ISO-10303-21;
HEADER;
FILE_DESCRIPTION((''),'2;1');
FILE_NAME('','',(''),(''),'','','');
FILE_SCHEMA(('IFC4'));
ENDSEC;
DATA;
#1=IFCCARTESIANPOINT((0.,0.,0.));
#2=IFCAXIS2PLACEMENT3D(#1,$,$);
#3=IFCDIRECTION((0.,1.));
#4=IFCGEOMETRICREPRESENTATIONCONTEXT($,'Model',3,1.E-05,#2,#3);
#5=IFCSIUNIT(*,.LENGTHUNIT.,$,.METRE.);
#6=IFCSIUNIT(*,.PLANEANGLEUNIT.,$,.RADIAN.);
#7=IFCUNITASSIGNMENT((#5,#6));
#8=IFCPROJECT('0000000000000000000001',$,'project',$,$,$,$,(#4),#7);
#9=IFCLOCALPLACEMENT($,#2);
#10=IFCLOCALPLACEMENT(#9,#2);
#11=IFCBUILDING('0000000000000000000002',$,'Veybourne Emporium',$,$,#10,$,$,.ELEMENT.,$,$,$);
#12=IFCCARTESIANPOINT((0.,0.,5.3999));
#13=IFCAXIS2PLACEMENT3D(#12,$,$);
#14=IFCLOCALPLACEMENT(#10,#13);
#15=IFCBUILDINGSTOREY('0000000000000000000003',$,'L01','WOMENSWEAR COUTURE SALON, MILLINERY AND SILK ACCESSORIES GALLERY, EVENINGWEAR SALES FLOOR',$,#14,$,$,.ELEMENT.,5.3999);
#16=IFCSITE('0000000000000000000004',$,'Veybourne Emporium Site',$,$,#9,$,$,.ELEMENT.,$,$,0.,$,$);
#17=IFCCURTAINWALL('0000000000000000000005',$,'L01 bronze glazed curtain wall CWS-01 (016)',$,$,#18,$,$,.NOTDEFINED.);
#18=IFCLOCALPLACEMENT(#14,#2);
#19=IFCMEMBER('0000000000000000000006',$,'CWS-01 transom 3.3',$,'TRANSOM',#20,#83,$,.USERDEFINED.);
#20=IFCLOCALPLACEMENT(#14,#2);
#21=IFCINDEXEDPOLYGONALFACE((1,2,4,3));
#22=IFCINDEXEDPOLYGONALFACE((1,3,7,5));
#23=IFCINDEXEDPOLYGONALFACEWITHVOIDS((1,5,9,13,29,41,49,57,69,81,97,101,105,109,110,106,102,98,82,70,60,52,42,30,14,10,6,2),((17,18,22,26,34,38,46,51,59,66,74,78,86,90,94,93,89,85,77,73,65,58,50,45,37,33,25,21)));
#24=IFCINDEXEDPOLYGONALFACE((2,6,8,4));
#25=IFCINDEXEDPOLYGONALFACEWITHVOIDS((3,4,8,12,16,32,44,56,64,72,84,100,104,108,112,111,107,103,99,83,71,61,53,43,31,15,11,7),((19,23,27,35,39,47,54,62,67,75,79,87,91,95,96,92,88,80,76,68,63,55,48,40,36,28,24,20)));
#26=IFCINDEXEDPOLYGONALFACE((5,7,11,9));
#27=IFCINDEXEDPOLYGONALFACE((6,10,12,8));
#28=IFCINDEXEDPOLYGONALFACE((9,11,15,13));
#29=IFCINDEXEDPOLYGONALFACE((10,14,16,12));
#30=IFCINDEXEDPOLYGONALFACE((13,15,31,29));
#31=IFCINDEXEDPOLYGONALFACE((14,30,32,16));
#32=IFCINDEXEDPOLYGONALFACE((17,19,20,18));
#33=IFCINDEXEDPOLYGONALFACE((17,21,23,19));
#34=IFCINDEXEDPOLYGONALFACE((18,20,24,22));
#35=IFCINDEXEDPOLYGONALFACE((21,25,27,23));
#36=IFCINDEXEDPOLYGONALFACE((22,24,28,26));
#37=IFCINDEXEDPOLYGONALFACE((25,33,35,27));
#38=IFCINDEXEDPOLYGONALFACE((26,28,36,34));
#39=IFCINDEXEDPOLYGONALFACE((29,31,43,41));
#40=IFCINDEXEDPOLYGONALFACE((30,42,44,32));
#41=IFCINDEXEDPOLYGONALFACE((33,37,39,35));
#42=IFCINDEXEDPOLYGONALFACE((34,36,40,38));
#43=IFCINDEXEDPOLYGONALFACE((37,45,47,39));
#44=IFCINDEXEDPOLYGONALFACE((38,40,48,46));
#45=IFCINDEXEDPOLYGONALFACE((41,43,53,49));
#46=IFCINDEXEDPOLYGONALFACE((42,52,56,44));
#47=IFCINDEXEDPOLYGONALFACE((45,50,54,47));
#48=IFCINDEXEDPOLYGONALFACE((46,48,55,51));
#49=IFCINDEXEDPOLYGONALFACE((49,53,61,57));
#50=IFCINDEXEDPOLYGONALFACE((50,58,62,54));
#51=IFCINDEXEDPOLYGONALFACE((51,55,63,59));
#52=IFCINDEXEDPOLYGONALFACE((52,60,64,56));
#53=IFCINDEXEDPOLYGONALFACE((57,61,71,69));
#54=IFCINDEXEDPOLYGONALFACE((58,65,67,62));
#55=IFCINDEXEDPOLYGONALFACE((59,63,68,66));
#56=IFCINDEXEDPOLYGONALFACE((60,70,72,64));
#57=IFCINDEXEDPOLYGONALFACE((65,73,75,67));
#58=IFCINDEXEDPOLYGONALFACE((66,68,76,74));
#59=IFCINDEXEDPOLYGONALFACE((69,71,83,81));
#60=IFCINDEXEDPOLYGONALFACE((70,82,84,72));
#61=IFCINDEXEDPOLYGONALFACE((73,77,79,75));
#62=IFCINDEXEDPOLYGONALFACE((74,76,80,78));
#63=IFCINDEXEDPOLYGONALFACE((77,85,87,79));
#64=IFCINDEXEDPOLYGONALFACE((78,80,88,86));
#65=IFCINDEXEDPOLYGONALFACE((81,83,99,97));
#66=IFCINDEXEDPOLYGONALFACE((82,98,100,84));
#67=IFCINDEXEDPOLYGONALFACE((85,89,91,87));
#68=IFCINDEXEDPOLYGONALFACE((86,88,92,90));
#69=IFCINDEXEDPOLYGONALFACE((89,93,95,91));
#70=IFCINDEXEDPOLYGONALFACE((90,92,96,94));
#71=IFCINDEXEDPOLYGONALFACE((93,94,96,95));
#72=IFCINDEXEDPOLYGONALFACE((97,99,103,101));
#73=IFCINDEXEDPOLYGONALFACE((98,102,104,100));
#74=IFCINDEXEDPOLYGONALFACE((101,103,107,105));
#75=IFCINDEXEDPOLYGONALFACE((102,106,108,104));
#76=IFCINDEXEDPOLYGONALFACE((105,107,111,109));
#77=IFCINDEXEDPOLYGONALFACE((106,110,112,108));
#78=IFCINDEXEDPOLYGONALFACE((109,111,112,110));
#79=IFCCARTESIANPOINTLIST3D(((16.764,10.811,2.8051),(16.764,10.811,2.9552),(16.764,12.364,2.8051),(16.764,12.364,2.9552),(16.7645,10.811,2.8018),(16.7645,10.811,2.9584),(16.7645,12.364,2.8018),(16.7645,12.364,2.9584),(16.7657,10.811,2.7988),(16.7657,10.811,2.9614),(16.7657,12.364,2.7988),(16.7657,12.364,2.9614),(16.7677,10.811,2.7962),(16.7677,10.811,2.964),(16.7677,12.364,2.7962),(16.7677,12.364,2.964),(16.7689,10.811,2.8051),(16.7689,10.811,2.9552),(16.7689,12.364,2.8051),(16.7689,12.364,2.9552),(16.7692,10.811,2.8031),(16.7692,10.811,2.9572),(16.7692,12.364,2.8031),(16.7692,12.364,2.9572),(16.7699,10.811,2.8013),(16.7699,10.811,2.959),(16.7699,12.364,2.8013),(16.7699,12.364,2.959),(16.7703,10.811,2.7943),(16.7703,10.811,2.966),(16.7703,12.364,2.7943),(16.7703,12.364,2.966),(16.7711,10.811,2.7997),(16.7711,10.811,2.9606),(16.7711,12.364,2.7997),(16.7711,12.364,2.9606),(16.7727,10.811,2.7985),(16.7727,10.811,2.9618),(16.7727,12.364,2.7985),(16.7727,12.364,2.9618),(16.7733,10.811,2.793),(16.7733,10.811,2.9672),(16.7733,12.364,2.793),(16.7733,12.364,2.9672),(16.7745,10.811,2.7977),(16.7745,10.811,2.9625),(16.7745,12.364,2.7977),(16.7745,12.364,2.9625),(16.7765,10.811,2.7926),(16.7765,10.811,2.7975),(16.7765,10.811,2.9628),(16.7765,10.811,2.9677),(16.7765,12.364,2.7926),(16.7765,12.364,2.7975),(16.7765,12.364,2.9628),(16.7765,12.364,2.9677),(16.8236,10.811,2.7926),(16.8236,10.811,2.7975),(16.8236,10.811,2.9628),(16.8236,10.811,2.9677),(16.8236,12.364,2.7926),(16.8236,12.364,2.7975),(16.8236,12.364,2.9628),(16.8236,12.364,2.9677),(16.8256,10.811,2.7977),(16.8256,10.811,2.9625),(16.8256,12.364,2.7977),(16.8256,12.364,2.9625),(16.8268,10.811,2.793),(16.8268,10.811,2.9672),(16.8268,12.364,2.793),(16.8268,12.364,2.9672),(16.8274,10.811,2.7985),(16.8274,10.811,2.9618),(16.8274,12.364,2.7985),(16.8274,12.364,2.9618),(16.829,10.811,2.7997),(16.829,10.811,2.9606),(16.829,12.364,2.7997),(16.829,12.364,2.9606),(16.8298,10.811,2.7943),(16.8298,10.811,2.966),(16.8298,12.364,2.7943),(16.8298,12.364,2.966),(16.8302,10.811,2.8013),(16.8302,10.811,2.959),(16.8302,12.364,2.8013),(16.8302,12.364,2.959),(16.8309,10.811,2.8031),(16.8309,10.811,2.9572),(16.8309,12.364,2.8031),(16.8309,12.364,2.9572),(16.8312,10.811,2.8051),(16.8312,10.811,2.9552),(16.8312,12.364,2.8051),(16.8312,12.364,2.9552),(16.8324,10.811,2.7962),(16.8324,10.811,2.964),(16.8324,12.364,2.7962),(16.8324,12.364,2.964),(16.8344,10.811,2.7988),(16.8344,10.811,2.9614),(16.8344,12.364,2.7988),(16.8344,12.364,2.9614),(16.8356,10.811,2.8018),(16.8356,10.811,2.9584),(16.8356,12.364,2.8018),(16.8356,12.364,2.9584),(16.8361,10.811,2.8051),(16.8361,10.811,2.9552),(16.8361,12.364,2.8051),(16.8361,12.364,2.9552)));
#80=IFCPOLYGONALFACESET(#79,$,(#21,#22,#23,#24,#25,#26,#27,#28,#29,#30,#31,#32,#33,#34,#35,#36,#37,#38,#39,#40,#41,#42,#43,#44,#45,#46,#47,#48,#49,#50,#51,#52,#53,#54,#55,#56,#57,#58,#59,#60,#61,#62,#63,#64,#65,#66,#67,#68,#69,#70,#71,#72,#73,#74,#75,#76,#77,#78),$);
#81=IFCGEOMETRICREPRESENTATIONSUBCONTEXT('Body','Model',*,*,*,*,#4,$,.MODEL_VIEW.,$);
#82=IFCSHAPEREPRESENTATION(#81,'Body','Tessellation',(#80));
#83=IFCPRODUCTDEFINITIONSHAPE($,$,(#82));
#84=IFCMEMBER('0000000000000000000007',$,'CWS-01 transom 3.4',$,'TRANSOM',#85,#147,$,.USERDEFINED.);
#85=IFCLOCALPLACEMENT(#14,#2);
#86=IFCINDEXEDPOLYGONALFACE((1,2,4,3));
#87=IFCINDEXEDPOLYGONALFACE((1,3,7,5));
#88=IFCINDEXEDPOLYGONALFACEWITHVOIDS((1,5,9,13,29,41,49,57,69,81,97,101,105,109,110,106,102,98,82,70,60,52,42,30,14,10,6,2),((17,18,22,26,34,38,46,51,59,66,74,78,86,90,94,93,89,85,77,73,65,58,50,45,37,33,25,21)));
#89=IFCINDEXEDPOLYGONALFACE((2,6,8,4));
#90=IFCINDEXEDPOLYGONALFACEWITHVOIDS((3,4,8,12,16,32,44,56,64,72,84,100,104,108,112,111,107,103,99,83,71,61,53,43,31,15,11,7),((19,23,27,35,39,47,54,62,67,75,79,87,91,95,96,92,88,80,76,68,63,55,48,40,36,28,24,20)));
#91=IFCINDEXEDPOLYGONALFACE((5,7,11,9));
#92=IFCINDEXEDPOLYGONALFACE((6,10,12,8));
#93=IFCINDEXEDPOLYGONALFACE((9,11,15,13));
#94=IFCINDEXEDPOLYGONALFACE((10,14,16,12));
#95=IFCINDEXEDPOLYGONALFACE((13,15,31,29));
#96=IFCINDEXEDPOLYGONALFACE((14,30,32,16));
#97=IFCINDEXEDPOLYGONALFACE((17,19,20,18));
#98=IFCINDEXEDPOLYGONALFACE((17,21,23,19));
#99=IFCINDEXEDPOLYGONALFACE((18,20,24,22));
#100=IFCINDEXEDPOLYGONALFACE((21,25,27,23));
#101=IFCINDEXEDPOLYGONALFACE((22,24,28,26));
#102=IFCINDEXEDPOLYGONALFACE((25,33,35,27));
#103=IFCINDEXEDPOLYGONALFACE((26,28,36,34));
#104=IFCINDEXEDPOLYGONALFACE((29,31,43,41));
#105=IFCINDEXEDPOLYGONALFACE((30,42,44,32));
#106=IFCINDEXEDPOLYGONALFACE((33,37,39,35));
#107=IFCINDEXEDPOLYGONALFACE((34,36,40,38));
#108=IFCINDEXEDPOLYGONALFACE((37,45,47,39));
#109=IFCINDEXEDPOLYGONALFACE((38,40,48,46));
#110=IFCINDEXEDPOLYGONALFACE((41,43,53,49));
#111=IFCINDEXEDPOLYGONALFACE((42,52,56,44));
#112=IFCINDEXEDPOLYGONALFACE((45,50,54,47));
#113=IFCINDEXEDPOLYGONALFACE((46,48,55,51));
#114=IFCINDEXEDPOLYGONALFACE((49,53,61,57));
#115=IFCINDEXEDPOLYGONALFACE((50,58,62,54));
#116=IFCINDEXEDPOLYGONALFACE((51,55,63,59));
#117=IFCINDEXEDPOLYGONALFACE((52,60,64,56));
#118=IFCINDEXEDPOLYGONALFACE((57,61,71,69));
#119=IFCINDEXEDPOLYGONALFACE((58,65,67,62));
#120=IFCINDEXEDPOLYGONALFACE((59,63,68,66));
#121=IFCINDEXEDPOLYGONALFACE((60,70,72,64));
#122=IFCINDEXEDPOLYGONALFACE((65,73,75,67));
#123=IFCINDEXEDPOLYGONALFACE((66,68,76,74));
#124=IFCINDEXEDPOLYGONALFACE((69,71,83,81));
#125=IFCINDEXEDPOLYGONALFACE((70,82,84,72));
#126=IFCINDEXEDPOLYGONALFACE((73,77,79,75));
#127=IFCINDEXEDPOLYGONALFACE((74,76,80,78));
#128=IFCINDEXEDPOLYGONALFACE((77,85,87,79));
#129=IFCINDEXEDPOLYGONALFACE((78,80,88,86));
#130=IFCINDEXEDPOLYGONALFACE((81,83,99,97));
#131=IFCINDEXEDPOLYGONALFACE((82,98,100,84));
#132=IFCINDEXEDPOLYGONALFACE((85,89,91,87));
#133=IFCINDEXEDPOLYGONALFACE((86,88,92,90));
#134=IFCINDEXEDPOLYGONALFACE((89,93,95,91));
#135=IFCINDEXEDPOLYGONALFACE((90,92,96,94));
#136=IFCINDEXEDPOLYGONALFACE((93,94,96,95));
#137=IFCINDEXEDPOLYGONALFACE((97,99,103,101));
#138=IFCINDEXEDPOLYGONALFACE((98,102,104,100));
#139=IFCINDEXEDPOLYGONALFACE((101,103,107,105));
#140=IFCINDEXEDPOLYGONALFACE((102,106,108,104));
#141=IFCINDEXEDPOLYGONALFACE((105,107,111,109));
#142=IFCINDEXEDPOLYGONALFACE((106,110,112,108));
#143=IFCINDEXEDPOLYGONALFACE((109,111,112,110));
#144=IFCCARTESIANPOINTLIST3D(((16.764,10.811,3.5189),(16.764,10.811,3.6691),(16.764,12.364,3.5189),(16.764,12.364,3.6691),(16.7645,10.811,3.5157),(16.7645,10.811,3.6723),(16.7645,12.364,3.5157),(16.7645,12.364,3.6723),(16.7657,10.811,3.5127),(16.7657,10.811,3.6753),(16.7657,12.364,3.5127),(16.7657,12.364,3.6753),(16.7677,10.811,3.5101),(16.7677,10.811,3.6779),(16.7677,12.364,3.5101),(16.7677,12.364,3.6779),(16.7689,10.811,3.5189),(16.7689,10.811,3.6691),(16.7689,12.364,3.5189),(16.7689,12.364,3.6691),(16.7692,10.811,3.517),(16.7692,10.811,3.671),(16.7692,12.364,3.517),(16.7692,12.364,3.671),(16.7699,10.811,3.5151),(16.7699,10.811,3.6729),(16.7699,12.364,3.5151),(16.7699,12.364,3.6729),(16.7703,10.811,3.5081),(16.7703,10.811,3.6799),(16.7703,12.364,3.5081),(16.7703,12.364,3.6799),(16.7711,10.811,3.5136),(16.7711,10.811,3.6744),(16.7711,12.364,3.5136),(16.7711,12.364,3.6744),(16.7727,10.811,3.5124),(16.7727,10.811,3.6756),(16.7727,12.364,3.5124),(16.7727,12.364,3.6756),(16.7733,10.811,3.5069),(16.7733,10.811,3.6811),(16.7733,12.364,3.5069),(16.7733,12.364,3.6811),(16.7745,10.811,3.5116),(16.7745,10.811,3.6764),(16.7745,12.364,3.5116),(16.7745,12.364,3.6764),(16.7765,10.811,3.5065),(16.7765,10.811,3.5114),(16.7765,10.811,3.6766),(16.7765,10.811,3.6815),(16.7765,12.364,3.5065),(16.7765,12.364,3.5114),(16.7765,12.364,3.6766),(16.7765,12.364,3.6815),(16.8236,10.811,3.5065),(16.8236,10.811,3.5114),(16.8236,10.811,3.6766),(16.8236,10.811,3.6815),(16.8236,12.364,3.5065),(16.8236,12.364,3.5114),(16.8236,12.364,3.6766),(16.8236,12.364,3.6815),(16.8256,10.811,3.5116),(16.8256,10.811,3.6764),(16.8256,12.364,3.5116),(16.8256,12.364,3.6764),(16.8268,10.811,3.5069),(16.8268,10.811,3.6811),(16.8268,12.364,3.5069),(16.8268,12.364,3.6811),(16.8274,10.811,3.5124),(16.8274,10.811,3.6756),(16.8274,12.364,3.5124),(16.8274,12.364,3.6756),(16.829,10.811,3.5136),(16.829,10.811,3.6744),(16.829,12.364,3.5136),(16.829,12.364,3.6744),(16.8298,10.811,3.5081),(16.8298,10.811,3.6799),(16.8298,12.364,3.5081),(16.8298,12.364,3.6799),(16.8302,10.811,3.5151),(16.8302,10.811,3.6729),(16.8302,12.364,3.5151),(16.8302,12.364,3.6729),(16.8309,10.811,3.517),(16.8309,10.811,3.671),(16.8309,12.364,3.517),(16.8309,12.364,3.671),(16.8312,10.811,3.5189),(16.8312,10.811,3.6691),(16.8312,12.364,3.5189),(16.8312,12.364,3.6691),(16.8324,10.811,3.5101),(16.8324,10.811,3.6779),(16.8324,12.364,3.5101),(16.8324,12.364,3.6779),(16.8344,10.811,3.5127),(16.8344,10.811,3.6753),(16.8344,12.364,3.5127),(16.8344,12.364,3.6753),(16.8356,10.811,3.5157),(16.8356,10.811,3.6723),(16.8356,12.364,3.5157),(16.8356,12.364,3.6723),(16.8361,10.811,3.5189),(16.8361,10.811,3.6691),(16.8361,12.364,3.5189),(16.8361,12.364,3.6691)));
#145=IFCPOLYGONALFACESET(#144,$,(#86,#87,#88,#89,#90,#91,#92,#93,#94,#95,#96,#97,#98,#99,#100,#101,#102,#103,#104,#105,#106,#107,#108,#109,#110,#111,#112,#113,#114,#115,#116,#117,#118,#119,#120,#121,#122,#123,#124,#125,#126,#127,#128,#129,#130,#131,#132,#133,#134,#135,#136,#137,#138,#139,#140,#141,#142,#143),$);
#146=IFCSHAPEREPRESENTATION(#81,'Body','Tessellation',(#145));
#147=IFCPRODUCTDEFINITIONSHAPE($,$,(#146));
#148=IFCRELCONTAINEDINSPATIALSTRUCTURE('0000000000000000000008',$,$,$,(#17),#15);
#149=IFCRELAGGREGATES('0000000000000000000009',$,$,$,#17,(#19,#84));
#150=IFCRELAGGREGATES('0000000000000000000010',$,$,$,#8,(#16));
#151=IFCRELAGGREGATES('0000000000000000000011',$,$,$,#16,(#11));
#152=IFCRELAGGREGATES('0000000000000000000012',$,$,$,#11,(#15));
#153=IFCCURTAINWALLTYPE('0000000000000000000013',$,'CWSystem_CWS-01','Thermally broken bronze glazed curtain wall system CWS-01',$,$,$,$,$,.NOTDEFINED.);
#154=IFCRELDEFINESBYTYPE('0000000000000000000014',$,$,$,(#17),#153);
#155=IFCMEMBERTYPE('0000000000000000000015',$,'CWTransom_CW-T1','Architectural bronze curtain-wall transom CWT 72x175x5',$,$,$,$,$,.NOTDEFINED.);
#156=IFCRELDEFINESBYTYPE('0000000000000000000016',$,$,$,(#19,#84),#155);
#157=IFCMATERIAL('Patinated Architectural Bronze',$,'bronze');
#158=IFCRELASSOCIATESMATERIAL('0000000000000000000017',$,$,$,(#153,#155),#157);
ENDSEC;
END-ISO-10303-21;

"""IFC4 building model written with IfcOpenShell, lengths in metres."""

from ifc_helpers import new_model, si_unit, direction, frame, origin, origin_2d, place, context, subcontext, project, spatial, hollow_rectangle, extrude, material, material_profile, profile_set, type_object, element, aggregate, save


model = new_model("IFC4")

# Units and contexts
model_context = context("Model", 3, precision=1e-05, world=origin(), true_north=direction((0.0, 1.0)))
body_context = subcontext(model_context, "Body", "Model", "MODEL_VIEW")
ifc_project = project(units=[si_unit("LENGTHUNIT", "METRE"), si_unit("PLANEANGLEUNIT", "RADIAN")], contexts=[model_context])

# Site, building, storey
site_placement = place(None, origin())
site = spatial("IfcSite", under=ifc_project, at=site_placement, Name="Veybourne Emporium Site", CompositionType="ELEMENT", RefElevation=0.0)
building_placement = place(site_placement, origin())
building = spatial("IfcBuilding", under=site, at=building_placement, Name="Veybourne Emporium", CompositionType="ELEMENT")
storey_placement = place(building_placement, frame((0.0, 0.0, 5.3999)))
storey = spatial("IfcBuildingStorey", under=building, at=storey_placement, Name="L01", Description="WOMENSWEAR COUTURE SALON, MILLINERY AND SILK ACCESSORIES GALLERY, EVENINGWEAR SALES FLOOR", CompositionType="ELEMENT", Elevation=5.3999)

# Curtain wall, members
ifc_material_1 = material(Name="Patinated Architectural Bronze", Category="bronze")
curtain_wall_type = type_object("IfcCurtainWallType", Name="CWSystem_CWS-01", Description="Thermally broken bronze glazed curtain wall system CWS-01", PredefinedType="NOTDEFINED", material=ifc_material_1)
curtain_wall_placement = place(storey_placement, origin())
curtain_wall = element("IfcCurtainWall", 1, at=curtain_wall_placement, inside=storey, type_object=curtain_wall_type, Name="L01 bronze glazed curtain wall CWS-01 (016)", PredefinedType="NOTDEFINED")
ifc_material_profile_1 = material_profile(ifc_material_1, hollow_rectangle(XDim=0.072, YDim=0.175, WallThickness=0.0049, InnerFilletRadius=0.0076, OuterFilletRadius=0.0125, at=origin_2d()), Name="CWT 72x175x5")
ifc_profile_set_1 = profile_set([ifc_material_profile_1], Name="Patinated Architectural Bronze")
member_type_1 = type_object("IfcMemberType", Name="CWTransom_CW-T1", Description="Architectural bronze curtain-wall transom CWT 72x175x5", PredefinedType="NOTDEFINED", material=ifc_profile_set_1)
member_1_placement = place(storey_placement, frame((16.8, 10.811, 2.8801), z_axis=(0.0, 1.0, 0.0), x_axis=(-1.0, 0.0, 0.0)))
member_1 = element("IfcMember", 2, at=member_1_placement, type_object=member_type_1, Name="CWS-01 transom 3.3", ObjectType="TRANSOM", PredefinedType="USERDEFINED", context=body_context, shape_type="SweptSolid", body=[
    extrude(hollow_rectangle(XDim=0.072, YDim=0.175, WallThickness=0.0049, InnerFilletRadius=0.0076, OuterFilletRadius=0.0125, at=origin_2d()), origin(), (0.0, 0.0, 1.0), 1.553),
])
member_2_placement = place(storey_placement, frame((16.8, 10.811, 3.594), z_axis=(0.0, 1.0, 0.0), x_axis=(-1.0, 0.0, 0.0)))
member_2 = element("IfcMember", 3, at=member_2_placement, type_object=member_type_1, Name="CWS-01 transom 3.4", ObjectType="TRANSOM", PredefinedType="USERDEFINED", context=body_context, shape_type="SweptSolid", body=[
    extrude(hollow_rectangle(XDim=0.072, YDim=0.175, WallThickness=0.0049, InnerFilletRadius=0.0076, OuterFilletRadius=0.0125, at=origin_2d()), origin(), (0.0, 0.0, 1.0), 1.553),
])
aggregate(curtain_wall, [member_1, member_2])

save(model, "model.ifc")
